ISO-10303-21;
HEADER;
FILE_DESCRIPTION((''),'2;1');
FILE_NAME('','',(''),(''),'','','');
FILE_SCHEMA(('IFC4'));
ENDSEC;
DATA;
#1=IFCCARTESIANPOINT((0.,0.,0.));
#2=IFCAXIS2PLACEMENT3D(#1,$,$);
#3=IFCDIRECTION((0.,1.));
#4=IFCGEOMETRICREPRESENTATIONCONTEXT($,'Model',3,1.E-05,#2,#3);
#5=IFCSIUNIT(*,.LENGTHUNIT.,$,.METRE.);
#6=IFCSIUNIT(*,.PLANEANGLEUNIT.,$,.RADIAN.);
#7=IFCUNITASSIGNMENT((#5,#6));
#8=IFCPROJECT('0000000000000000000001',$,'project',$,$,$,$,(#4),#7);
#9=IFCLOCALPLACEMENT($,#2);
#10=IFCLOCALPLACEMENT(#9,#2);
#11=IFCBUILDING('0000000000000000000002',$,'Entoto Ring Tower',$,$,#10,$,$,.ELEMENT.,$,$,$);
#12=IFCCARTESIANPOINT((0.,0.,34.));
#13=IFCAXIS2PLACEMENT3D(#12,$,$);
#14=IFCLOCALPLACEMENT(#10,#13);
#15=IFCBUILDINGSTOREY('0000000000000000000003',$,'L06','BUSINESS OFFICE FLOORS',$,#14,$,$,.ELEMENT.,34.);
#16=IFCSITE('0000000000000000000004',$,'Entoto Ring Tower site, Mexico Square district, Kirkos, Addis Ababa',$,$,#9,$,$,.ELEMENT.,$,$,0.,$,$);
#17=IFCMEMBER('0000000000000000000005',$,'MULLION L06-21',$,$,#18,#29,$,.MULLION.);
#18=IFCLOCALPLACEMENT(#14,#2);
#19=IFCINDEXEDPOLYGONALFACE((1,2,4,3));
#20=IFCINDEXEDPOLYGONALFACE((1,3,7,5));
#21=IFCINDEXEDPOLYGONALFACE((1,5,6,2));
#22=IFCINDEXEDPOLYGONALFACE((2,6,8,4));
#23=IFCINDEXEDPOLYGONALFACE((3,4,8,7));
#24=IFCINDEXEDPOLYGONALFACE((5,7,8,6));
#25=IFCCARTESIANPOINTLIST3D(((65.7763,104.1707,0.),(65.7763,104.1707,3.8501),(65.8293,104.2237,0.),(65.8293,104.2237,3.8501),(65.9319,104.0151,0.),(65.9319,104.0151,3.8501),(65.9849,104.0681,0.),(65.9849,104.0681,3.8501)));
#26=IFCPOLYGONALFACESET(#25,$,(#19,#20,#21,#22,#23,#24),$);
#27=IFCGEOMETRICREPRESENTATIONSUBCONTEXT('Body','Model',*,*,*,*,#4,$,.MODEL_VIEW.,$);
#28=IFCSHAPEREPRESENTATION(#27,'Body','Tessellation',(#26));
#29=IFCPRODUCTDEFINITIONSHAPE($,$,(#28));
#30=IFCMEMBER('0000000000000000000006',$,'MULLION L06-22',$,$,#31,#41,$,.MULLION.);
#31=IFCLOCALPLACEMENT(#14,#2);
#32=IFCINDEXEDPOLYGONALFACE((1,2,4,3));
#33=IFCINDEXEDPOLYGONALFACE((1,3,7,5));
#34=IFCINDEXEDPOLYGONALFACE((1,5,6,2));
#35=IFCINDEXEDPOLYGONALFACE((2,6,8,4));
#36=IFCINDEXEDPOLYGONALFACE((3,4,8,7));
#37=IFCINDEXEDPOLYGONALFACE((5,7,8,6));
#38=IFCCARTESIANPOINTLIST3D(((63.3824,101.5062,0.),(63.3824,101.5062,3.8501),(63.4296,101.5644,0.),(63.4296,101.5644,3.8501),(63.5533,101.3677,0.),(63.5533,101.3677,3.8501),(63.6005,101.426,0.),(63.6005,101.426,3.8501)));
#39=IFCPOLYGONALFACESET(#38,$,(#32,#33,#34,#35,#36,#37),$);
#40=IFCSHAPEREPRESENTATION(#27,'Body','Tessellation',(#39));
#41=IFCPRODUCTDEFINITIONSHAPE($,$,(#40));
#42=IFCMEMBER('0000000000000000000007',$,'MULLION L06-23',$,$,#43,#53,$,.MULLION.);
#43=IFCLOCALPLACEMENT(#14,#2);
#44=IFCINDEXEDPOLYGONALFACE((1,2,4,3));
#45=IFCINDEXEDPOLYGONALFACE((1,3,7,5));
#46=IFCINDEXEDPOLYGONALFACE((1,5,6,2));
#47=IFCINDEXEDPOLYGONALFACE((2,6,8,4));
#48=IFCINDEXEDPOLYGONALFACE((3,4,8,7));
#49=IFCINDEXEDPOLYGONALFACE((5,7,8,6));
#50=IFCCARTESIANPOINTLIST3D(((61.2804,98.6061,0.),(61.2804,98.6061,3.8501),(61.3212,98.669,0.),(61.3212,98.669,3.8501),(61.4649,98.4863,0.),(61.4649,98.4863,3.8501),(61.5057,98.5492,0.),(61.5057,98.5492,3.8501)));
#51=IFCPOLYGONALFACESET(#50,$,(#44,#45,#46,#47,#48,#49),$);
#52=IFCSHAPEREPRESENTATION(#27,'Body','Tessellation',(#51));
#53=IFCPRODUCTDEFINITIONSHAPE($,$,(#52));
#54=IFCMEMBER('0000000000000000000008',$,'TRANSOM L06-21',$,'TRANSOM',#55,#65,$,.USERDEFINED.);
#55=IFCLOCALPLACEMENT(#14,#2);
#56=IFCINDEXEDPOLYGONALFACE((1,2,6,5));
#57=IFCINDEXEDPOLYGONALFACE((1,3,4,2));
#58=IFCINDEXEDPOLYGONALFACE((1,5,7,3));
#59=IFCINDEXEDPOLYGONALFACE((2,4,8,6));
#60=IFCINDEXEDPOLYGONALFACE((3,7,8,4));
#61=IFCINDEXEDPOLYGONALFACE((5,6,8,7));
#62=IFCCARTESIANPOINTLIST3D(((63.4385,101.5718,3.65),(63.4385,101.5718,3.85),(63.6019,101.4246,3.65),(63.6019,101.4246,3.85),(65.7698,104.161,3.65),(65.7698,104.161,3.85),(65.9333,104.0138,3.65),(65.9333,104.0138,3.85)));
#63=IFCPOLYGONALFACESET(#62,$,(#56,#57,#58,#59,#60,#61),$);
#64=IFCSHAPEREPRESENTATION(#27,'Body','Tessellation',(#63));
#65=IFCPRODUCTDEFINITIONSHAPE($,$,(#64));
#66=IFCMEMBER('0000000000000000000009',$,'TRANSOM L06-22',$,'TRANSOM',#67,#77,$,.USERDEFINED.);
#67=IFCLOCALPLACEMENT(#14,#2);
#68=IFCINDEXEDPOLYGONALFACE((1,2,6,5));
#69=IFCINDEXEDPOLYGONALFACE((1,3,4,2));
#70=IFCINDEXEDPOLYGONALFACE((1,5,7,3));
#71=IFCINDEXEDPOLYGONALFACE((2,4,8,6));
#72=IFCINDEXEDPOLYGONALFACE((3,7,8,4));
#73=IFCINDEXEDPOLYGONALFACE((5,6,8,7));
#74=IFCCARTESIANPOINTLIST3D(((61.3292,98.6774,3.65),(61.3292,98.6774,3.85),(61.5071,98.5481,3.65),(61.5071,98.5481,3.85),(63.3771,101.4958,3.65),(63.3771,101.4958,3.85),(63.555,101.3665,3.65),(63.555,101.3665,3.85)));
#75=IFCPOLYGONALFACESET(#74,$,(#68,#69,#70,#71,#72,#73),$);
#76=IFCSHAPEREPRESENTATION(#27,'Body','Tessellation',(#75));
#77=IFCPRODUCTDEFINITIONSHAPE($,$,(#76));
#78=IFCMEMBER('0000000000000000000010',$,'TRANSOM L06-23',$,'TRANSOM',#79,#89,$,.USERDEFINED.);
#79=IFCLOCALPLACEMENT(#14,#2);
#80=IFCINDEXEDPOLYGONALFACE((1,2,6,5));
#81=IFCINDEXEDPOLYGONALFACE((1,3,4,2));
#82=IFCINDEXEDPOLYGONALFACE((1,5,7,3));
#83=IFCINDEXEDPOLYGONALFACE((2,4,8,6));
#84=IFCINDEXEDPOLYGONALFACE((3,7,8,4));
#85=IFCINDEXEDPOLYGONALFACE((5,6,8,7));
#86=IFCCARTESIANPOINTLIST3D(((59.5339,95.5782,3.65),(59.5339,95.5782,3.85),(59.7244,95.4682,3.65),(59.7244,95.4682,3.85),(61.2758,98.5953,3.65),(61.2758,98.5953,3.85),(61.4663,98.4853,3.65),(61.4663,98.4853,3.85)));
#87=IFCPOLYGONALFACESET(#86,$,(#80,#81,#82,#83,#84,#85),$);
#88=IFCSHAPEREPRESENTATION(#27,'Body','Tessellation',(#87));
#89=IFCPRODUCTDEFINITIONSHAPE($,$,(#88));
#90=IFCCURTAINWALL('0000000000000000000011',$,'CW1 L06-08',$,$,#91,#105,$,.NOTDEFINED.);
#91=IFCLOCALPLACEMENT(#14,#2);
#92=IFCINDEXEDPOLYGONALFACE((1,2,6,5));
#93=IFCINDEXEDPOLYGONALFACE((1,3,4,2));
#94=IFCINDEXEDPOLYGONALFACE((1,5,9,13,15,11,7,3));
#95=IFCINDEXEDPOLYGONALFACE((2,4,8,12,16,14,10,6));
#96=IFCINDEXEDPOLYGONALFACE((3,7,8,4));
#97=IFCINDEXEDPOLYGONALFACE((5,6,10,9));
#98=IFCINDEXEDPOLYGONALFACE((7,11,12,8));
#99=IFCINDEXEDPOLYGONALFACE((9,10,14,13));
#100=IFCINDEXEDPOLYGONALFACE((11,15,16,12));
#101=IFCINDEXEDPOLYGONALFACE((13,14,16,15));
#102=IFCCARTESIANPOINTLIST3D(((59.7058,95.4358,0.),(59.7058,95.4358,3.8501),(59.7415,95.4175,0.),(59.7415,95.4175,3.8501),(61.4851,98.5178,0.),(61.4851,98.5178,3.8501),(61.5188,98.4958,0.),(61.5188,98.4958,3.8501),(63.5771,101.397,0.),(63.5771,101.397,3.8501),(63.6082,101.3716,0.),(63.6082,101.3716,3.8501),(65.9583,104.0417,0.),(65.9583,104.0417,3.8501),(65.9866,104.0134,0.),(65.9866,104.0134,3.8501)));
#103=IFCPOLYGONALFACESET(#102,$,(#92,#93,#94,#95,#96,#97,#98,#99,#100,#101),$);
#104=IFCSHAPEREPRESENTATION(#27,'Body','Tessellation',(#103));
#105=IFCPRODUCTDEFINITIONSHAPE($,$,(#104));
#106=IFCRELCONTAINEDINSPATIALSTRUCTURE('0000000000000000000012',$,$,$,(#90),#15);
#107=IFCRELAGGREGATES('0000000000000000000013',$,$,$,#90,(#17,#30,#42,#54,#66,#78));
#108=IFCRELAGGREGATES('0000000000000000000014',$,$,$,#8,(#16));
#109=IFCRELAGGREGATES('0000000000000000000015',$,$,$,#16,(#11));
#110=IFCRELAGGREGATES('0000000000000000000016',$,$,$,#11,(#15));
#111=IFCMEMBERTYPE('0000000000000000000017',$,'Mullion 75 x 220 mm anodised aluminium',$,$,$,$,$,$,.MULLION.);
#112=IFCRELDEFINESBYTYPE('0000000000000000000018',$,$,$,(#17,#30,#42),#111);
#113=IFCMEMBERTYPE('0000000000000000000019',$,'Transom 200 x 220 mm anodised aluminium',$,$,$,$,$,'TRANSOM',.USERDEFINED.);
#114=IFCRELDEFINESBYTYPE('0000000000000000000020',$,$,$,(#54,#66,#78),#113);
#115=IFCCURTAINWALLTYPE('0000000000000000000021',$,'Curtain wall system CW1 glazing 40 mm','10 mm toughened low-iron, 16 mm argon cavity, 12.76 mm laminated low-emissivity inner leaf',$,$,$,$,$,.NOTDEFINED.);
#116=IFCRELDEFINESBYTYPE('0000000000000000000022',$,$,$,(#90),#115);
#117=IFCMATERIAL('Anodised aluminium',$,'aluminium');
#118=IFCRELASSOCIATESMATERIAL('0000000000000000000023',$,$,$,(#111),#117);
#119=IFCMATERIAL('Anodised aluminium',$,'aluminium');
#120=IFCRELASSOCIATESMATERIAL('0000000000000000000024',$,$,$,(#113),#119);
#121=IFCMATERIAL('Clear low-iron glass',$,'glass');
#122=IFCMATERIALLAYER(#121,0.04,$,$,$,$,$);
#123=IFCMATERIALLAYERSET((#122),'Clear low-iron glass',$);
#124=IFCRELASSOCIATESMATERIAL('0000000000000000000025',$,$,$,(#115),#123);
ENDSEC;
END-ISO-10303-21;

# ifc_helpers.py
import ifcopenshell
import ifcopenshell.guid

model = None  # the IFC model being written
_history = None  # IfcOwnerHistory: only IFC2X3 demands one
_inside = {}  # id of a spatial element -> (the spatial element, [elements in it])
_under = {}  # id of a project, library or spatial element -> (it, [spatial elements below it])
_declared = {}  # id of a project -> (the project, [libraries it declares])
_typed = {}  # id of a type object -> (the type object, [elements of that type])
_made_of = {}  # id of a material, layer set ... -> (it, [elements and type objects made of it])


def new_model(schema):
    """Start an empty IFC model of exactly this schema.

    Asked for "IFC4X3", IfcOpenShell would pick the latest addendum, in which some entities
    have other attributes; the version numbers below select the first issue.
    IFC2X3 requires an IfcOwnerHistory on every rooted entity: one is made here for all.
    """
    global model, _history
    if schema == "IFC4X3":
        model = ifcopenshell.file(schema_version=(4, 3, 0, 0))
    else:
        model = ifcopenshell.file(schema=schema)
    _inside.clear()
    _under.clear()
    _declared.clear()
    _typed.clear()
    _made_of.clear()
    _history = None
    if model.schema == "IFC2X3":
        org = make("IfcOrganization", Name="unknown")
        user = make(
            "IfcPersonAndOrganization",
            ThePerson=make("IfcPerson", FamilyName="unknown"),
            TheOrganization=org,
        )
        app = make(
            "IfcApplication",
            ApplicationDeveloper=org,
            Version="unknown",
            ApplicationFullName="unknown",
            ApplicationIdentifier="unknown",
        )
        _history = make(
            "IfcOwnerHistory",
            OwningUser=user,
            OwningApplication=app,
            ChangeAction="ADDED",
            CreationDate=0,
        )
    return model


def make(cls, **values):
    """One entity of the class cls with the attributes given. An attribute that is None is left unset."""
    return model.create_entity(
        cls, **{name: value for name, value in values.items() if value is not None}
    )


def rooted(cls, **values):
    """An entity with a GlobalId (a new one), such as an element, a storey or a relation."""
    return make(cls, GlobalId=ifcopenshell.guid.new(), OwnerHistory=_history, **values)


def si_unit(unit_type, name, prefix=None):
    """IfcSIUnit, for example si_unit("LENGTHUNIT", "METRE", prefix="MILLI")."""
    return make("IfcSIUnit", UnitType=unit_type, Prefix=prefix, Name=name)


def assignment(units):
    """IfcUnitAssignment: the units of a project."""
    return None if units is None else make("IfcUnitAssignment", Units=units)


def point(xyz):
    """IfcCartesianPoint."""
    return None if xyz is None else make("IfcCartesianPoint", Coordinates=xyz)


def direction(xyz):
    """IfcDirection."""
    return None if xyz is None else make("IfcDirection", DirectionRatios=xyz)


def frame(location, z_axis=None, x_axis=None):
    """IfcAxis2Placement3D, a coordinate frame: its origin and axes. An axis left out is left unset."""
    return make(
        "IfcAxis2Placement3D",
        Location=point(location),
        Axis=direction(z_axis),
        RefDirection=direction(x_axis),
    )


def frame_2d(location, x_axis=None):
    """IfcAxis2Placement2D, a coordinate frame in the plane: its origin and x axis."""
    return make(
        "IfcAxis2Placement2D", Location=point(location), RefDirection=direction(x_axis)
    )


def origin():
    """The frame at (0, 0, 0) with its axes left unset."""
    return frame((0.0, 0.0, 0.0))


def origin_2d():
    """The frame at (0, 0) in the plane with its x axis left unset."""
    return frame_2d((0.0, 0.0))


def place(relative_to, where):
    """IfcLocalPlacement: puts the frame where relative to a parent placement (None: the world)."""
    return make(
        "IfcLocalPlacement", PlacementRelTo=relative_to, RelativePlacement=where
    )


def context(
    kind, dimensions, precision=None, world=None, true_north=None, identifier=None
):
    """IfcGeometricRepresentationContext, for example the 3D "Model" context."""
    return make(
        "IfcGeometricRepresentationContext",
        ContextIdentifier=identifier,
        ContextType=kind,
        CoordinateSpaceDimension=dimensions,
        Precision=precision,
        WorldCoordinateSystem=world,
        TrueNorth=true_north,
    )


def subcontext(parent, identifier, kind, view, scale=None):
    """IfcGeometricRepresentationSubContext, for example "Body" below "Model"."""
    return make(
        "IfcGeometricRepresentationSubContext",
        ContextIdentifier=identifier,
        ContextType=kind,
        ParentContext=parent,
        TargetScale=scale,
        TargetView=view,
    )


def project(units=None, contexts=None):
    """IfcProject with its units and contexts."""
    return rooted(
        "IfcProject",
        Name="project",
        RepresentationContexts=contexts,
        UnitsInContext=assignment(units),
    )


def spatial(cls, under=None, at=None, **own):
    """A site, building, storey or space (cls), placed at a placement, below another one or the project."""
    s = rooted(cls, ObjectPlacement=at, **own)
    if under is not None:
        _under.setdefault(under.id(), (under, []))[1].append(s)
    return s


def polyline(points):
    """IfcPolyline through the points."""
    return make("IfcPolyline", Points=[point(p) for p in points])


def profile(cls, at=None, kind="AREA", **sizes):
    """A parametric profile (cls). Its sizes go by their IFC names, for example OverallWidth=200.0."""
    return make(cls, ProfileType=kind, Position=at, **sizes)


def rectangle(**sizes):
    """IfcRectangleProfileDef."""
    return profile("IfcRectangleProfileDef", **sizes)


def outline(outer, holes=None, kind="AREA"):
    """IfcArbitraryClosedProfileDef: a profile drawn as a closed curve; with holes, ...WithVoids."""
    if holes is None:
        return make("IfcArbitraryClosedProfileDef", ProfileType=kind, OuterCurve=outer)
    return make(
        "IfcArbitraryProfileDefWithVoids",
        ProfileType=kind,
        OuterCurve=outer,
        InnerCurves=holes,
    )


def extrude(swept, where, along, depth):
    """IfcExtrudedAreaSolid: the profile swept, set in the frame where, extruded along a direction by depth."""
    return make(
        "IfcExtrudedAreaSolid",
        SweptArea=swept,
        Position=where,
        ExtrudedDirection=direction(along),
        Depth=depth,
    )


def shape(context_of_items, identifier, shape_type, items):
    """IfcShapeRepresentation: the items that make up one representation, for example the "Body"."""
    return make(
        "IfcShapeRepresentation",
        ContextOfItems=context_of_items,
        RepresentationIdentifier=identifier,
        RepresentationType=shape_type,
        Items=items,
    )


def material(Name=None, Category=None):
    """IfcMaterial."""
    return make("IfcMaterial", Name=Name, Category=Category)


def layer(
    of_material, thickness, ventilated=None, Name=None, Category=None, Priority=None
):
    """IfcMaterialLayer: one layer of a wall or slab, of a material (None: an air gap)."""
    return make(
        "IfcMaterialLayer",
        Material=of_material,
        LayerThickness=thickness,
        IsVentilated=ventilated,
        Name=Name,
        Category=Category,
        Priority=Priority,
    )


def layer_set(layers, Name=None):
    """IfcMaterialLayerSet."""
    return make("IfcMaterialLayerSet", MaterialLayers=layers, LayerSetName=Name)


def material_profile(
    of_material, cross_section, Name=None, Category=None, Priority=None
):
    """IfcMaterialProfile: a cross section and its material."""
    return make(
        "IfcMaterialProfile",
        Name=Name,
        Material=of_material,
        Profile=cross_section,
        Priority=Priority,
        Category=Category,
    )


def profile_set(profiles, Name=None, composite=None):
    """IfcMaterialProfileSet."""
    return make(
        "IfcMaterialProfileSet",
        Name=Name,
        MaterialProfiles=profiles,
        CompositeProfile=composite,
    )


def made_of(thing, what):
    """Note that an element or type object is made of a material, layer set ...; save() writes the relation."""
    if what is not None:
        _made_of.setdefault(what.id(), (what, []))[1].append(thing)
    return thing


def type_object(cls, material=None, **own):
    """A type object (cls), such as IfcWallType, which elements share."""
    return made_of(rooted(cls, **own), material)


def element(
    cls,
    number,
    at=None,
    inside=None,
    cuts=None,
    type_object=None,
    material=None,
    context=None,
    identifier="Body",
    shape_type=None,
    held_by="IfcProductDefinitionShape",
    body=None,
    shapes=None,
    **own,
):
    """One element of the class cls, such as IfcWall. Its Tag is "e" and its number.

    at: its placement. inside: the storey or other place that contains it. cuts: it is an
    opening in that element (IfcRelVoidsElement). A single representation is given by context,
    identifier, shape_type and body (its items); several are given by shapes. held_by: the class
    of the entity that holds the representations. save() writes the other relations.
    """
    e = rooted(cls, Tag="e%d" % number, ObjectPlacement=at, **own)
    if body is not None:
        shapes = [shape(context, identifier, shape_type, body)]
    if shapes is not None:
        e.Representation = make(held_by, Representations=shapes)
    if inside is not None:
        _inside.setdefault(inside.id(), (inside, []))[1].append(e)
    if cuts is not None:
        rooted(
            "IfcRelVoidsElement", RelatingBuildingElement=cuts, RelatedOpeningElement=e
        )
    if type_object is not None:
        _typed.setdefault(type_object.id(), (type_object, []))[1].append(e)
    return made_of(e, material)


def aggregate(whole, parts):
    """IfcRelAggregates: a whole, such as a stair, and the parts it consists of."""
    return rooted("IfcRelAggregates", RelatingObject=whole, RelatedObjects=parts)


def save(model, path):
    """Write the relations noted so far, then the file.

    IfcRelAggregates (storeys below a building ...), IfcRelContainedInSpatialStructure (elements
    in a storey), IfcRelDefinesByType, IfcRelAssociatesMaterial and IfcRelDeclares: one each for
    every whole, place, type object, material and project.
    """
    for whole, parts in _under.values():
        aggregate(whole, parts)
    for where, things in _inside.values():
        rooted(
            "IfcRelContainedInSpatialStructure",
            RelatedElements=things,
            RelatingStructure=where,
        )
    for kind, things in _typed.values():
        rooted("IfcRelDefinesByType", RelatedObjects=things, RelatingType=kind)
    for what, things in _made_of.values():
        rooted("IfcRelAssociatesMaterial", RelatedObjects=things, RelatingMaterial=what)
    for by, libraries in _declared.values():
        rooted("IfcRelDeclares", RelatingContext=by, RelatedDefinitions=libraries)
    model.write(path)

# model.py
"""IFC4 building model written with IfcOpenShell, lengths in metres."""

from ifc_helpers import new_model, si_unit, direction, frame, origin, origin_2d, place, context, subcontext, project, spatial, polyline, rectangle, outline, extrude, material, layer, layer_set, material_profile, profile_set, type_object, element, aggregate, save


model = new_model("IFC4")

# Units and contexts
model_context = context("Model", 3, precision=1e-05, world=origin(), true_north=direction((0.0, 1.0)))
body_context = subcontext(model_context, "Body", "Model", "MODEL_VIEW")
ifc_project = project(units=[si_unit("LENGTHUNIT", "METRE"), si_unit("PLANEANGLEUNIT", "RADIAN")], contexts=[model_context])

# Members
ifc_material_1 = material(Name="Anodised aluminium", Category="aluminium")
ifc_material_profile_1 = material_profile(ifc_material_1, rectangle(XDim=0.075, YDim=0.22, at=origin_2d()), Name="Mullion 75 x 220 mm anodised aluminium")
ifc_profile_set_1 = profile_set([ifc_material_profile_1], Name="Anodised aluminium")
member_type_1 = type_object("IfcMemberType", Name="Mullion 75 x 220 mm anodised aluminium", PredefinedType="MULLION", material=ifc_profile_set_1)
site_placement = place(None, origin())
building_placement = place(site_placement, origin())
storey_placement = place(building_placement, frame((0.0, 0.0, 34.0)))
member_1_placement = place(storey_placement, frame((65.8806, 104.1194, 0.0), z_axis=(0.0, 0.0, 1.0), x_axis=(-0.707107, -0.707107, 0.0)))
member_1 = element("IfcMember", 1, at=member_1_placement, type_object=member_type_1, Name="MULLION L06-21", PredefinedType="MULLION", context=body_context, shape_type="SweptSolid", body=[
    extrude(rectangle(XDim=0.075, YDim=0.22, at=origin_2d()), origin(), (0.0, 0.0, 1.0), 3.8501),
])
member_2_placement = place(storey_placement, frame((63.4915, 101.4661, 0.0), z_axis=(0.0, 0.0, 1.0), x_axis=(-0.62932, -0.777146, 0.0)))
member_2 = element("IfcMember", 2, at=member_2_placement, type_object=member_type_1, Name="MULLION L06-22", PredefinedType="MULLION", context=body_context, shape_type="SweptSolid", body=[
    extrude(rectangle(XDim=0.075, YDim=0.22, at=origin_2d()), origin(), (0.0, 0.0, 1.0), 3.8501),
])
member_3_placement = place(storey_placement, frame((61.3931, 98.5776, 0.0), z_axis=(0.0, 0.0, 1.0), x_axis=(-0.544639, -0.838671, 0.0)))
member_3 = element("IfcMember", 3, at=member_3_placement, type_object=member_type_1, Name="MULLION L06-23", PredefinedType="MULLION", context=body_context, shape_type="SweptSolid", body=[
    extrude(rectangle(XDim=0.075, YDim=0.22, at=origin_2d()), origin(), (0.0, 0.0, 1.0), 3.8501),
])
ifc_material_2 = material(Name="Anodised aluminium", Category="aluminium")
ifc_material_profile_2 = material_profile(ifc_material_2, rectangle(XDim=0.22, YDim=0.2, at=origin_2d()), Name="Transom 200 x 220 mm anodised aluminium")
ifc_profile_set_2 = profile_set([ifc_material_profile_2], Name="Anodised aluminium")
member_type_2 = type_object("IfcMemberType", Name="Transom 200 x 220 mm anodised aluminium", ElementType="TRANSOM", PredefinedType="USERDEFINED", material=ifc_profile_set_2)
member_4_placement = place(storey_placement, frame((65.8516, 104.0874, 3.75), z_axis=(-0.669139, -0.743137, 0.0), x_axis=(0.743137, -0.669139, 0.0)))
member_4 = element("IfcMember", 4, at=member_4_placement, type_object=member_type_2, Name="TRANSOM L06-21", ObjectType="TRANSOM", PredefinedType="USERDEFINED", context=body_context, shape_type="SweptSolid", body=[
    extrude(rectangle(XDim=0.22, YDim=0.2, at=origin_2d()), origin(), (0.0, 0.0, 1.0), 3.4841),
])
member_5_placement = place(storey_placement, frame((63.4661, 101.4312, 3.75), z_axis=(-0.587822, -0.808991, 0.0), x_axis=(0.808991, -0.587822, 0.0)))
member_5 = element("IfcMember", 5, at=member_5_placement, type_object=member_type_2, Name="TRANSOM L06-22", ObjectType="TRANSOM", PredefinedType="USERDEFINED", context=body_context, shape_type="SweptSolid", body=[
    extrude(rectangle(XDim=0.22, YDim=0.2, at=origin_2d()), origin(), (0.0, 0.0, 1.0), 3.4839),
])
member_6_placement = place(storey_placement, frame((61.3711, 98.5403, 3.75), z_axis=(-0.500006, -0.866022, 0.0), x_axis=(0.866022, -0.500006, 0.0)))
member_6 = element("IfcMember", 6, at=member_6_placement, type_object=member_type_2, Name="TRANSOM L06-23", ObjectType="TRANSOM", PredefinedType="USERDEFINED", context=body_context, shape_type="SweptSolid", body=[
    extrude(rectangle(XDim=0.22, YDim=0.2, at=origin_2d()), origin(), (0.0, 0.0, 1.0), 3.4839),
])

# Site, building, storey
site = spatial("IfcSite", under=ifc_project, at=site_placement, Name="Entoto Ring Tower site, Mexico Square district, Kirkos, Addis Ababa", CompositionType="ELEMENT", RefElevation=0.0)
building = spatial("IfcBuilding", under=site, at=building_placement, Name="Entoto Ring Tower", CompositionType="ELEMENT")
storey = spatial("IfcBuildingStorey", under=building, at=storey_placement, Name="L06", Description="BUSINESS OFFICE FLOORS", CompositionType="ELEMENT", Elevation=34.0)

# Curtain wall
ifc_material_3 = material(Name="Clear low-iron glass", Category="glass")
ifc_layer = layer(ifc_material_3, 0.04)
ifc_layer_set = layer_set([ifc_layer], Name="Clear low-iron glass")
curtain_wall_type = type_object("IfcCurtainWallType", Name="Curtain wall system CW1 glazing 40 mm", Description="10 mm toughened low-iron, 16 mm argon cavity, 12.76 mm laminated low-emissivity inner leaf", PredefinedType="NOTDEFINED", material=ifc_layer_set)
curtain_wall_1_placement = place(storey_placement, origin())
curtain_wall_1 = element("IfcCurtainWall", 7, at=curtain_wall_1_placement, inside=storey, type_object=curtain_wall_type, Name="CW1 L06-08", PredefinedType="NOTDEFINED", context=body_context, shape_type="SweptSolid", body=[
    extrude(outline(polyline([(65.9583, 104.0417), (63.5771, 101.397), (61.4851, 98.5178), (59.7058, 95.4358), (59.7415, 95.4175), (61.5188, 98.4958), (63.6082, 101.3716), (65.9866, 104.0134), (65.9583, 104.0417)])), origin(), (0.0, 0.0, 1.0), 3.8501),
])
aggregate(curtain_wall_1, [member_1, member_2, member_3, member_4, member_5, member_6])

save(model, "model.ifc")
